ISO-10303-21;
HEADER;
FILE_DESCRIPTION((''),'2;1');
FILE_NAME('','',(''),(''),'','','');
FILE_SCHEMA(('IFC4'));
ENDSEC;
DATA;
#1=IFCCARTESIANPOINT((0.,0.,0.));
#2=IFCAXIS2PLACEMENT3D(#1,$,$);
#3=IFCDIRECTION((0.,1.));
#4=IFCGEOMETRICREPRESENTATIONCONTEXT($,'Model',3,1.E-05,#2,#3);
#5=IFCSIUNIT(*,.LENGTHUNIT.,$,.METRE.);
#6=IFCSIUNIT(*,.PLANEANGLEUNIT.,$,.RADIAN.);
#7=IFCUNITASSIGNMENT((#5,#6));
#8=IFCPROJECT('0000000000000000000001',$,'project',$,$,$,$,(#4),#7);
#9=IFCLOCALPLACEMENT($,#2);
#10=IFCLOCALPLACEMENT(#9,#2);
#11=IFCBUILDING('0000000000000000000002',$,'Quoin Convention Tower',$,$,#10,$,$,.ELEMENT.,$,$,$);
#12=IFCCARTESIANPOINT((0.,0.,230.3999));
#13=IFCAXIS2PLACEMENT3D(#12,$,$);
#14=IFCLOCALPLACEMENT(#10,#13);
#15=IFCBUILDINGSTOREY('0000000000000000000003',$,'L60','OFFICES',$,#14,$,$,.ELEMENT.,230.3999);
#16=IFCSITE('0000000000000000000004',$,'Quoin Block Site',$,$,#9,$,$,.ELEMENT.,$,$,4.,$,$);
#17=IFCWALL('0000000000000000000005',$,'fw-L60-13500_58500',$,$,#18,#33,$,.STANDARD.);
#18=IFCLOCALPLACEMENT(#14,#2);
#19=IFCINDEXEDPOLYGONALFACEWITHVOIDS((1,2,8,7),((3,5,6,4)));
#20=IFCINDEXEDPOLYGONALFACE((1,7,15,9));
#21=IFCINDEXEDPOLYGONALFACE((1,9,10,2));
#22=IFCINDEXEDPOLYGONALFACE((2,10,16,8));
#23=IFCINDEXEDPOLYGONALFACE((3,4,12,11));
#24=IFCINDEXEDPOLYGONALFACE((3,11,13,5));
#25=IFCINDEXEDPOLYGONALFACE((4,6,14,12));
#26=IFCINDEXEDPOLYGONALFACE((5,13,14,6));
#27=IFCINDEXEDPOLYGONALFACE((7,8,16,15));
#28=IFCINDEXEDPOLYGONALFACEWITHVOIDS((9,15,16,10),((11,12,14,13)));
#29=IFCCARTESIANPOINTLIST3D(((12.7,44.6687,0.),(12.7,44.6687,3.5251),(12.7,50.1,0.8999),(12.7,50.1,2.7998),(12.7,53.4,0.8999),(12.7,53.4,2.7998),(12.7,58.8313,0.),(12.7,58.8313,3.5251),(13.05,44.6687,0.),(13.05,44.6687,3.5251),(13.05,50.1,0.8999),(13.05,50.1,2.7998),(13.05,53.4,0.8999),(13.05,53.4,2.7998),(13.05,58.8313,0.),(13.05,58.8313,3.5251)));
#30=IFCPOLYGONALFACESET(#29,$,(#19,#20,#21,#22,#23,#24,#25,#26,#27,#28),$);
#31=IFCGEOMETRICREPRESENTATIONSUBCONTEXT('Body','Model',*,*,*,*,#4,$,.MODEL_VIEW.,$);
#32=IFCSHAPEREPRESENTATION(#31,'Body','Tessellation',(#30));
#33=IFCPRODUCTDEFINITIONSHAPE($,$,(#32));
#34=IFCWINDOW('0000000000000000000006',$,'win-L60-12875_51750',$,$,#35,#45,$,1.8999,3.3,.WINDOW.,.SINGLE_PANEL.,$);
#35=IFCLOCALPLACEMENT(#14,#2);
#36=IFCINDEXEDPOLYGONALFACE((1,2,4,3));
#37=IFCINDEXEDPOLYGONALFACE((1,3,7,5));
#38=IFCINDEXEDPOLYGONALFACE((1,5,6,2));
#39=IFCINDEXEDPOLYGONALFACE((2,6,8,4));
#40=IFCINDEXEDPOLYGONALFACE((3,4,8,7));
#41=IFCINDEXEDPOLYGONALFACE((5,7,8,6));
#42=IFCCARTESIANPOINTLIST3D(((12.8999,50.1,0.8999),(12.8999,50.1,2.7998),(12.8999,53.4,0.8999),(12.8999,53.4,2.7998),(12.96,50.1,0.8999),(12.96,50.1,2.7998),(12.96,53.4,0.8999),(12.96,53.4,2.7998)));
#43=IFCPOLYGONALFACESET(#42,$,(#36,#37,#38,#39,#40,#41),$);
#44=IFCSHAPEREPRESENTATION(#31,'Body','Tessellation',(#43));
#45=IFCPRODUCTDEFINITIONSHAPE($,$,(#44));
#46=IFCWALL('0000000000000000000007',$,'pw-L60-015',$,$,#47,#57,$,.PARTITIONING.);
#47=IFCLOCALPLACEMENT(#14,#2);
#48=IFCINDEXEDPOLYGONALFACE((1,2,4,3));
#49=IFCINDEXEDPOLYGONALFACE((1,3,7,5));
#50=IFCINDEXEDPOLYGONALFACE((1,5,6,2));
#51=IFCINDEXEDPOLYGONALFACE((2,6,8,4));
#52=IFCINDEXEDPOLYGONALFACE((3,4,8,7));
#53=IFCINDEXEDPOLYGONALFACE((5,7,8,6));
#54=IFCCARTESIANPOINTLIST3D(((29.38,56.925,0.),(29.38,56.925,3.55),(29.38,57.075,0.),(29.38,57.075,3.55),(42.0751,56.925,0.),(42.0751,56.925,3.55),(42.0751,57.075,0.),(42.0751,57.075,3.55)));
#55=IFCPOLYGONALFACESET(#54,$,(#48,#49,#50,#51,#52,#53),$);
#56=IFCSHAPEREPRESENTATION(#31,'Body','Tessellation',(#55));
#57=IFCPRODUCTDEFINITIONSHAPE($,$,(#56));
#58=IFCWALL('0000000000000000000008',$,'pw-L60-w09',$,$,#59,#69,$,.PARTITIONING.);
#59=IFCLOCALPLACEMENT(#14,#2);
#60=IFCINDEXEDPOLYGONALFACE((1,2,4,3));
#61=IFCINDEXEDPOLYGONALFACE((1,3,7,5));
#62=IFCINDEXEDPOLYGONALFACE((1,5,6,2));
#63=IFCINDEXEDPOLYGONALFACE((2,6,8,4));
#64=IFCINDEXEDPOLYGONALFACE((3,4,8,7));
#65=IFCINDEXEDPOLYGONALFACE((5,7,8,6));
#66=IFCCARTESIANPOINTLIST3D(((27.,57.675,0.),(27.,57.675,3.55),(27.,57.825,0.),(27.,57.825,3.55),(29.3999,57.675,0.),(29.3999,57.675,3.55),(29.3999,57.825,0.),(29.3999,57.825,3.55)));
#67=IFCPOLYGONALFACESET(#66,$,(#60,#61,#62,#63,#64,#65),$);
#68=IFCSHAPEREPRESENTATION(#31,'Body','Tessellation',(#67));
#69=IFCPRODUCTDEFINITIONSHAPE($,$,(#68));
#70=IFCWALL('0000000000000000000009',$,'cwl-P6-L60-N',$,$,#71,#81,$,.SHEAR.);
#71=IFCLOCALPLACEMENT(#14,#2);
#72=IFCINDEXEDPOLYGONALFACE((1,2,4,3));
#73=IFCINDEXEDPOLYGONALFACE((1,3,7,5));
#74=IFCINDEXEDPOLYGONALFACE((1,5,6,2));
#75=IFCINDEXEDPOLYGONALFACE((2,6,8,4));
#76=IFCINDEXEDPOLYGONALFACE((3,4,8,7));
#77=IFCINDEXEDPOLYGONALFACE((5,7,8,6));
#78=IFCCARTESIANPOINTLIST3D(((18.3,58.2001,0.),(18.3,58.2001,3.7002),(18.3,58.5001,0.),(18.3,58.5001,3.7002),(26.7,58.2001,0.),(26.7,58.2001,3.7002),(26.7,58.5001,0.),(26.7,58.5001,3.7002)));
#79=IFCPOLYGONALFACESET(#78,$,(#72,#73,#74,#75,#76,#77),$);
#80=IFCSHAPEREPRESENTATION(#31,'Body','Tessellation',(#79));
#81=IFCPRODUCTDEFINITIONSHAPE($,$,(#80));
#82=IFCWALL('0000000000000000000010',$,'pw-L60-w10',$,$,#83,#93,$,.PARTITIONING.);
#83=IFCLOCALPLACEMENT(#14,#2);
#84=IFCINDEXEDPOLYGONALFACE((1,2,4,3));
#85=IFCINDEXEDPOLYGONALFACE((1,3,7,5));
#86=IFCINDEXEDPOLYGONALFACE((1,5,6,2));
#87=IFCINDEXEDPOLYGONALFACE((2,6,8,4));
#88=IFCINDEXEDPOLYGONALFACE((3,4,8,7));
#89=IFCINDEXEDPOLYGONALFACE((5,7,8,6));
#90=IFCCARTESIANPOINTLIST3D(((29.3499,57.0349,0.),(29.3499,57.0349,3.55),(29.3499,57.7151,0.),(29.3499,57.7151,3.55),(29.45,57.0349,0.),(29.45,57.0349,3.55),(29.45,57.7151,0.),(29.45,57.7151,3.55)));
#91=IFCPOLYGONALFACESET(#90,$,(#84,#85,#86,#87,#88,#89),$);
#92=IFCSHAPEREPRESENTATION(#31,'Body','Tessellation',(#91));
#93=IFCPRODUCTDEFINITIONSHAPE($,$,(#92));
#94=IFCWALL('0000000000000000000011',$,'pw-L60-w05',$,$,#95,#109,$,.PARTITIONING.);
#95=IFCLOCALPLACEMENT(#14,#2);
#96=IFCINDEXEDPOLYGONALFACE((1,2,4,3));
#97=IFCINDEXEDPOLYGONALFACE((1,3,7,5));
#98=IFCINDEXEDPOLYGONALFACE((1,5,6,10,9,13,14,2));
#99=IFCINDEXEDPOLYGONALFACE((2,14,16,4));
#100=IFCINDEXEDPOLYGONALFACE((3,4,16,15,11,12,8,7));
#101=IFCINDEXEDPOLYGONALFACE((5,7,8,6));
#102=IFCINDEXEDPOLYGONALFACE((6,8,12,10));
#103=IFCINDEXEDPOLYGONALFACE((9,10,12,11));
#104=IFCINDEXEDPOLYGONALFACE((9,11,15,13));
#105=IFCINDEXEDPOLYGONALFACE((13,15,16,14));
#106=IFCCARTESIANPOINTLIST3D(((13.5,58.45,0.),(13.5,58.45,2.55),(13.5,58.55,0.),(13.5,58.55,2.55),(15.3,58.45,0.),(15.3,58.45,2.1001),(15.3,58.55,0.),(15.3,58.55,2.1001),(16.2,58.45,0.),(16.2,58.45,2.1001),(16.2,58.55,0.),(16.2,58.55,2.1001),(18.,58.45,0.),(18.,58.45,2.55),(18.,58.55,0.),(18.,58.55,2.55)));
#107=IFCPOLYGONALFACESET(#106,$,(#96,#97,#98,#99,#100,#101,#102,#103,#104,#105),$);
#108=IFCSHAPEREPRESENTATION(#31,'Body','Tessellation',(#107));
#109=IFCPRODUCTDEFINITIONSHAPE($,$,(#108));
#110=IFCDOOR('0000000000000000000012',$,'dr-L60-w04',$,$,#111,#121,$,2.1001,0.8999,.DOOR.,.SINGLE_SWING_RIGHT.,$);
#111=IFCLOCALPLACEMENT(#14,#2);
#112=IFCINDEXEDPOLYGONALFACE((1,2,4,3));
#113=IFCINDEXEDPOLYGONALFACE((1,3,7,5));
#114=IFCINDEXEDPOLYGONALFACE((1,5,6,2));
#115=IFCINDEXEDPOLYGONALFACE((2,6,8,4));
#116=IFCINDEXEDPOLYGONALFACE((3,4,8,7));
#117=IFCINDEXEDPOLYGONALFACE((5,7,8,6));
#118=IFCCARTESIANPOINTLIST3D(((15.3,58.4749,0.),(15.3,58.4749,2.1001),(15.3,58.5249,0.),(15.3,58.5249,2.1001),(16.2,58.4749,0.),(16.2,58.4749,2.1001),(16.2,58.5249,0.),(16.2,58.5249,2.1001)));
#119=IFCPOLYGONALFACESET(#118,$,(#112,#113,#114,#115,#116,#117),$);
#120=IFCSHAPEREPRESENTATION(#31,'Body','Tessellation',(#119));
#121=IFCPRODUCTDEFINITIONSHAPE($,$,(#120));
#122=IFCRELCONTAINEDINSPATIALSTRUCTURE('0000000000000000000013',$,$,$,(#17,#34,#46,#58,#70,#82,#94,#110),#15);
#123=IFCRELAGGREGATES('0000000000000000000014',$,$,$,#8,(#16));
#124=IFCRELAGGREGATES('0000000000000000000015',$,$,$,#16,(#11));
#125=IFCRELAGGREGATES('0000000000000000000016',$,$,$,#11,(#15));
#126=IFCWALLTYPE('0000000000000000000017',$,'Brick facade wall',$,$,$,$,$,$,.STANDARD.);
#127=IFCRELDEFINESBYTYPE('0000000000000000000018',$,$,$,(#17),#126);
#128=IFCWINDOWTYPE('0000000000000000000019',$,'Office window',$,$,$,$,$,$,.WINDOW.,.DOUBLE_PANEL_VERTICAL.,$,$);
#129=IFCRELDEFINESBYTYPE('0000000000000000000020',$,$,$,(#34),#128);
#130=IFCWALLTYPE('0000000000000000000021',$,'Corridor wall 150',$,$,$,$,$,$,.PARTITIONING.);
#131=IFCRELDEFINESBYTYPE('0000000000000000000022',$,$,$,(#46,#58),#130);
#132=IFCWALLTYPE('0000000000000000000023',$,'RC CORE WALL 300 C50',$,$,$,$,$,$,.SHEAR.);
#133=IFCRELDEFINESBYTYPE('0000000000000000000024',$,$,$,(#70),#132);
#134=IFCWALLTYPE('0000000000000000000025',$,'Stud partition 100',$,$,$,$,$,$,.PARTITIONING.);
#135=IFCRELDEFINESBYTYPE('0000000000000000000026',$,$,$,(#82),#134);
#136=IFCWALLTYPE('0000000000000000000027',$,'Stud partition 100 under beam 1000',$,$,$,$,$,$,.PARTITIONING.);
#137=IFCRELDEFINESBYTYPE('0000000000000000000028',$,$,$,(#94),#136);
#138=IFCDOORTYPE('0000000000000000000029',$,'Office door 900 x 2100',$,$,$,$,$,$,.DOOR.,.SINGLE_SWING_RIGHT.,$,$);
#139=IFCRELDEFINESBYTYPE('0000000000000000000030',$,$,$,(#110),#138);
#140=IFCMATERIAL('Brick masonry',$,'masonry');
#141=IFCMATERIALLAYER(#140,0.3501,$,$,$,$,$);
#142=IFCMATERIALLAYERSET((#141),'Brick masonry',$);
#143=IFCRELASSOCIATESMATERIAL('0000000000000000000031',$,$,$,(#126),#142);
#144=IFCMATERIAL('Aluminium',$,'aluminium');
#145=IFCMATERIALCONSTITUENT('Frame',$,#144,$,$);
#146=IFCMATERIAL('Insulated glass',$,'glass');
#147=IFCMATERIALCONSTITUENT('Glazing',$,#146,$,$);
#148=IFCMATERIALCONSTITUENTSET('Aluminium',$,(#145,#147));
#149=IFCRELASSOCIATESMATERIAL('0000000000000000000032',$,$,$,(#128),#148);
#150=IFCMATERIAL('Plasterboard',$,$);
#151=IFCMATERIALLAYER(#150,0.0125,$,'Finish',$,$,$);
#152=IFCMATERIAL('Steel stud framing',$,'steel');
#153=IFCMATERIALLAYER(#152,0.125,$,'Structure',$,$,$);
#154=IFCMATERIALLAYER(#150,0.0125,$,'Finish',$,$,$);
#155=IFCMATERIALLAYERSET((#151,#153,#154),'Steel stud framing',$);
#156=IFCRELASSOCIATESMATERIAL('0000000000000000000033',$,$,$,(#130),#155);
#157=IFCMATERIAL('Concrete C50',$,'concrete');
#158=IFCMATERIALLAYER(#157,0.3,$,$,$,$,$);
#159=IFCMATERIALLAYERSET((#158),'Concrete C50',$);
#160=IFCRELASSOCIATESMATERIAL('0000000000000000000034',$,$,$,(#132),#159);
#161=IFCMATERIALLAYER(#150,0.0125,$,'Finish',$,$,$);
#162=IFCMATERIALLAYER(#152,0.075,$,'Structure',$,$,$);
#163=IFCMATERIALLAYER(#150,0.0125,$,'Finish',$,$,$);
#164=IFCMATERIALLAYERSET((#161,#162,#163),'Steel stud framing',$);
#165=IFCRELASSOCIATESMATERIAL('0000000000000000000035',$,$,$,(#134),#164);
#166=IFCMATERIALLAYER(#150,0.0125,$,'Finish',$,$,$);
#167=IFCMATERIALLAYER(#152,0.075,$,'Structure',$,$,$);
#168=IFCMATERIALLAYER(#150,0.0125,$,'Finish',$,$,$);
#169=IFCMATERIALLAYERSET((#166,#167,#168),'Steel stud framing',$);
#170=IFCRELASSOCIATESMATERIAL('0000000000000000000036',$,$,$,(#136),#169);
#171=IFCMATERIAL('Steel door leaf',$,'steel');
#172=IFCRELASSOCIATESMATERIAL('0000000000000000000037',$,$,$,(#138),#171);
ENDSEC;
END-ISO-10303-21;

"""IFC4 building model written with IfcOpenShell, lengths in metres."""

from ifc_helpers import new_model, si_unit, direction, frame, frame_2d, origin, place, context, subcontext, project, spatial, rectangle, extrude, material, layer, layer_set, constituent, constituent_set, type_object, element, fill, save


model = new_model("IFC4")

# Units and contexts
model_context = context("Model", 3, precision=1e-05, world=origin(), true_north=direction((0.0, 1.0)))
body_context = subcontext(model_context, "Body", "Model", "MODEL_VIEW")
ifc_project = project(units=[si_unit("LENGTHUNIT", "METRE"), si_unit("PLANEANGLEUNIT", "RADIAN")], contexts=[model_context])

# Site, building, storey
site_placement = place(None, origin())
site = spatial("IfcSite", under=ifc_project, at=site_placement, Name="Quoin Block Site", CompositionType="ELEMENT", RefElevation=4.0)
building_placement = place(site_placement, origin())
building = spatial("IfcBuilding", under=site, at=building_placement, Name="Quoin Convention Tower", CompositionType="ELEMENT")
storey_placement = place(building_placement, frame((0.0, 0.0, 230.3999)))
storey = spatial("IfcBuildingStorey", under=building, at=storey_placement, Name="L60", Description="OFFICES", CompositionType="ELEMENT", Elevation=230.3999)

# Shared definitions
ifc_material_1 = material(Name="Concrete C50", Category="concrete")

# Wall, opening, window
ifc_material_2 = material(Name="Brick masonry", Category="masonry")
ifc_layer_1 = layer(ifc_material_2, 0.3501)
ifc_layer_set_1 = layer_set([ifc_layer_1], Name="Brick masonry")
wall_type_1 = type_object("IfcWallType", Name="Brick facade wall", PredefinedType="STANDARD", material=ifc_layer_set_1)
ifc_material_3 = material(Name="Aluminium", Category="aluminium")
ifc_constituent_1 = constituent(ifc_material_3, Name="Frame")
ifc_material_4 = material(Name="Insulated glass", Category="glass")
ifc_constituent_2 = constituent(ifc_material_4, Name="Glazing")
ifc_constituent_set = constituent_set(constituents=[ifc_constituent_1, ifc_constituent_2], Name="Aluminium")
window_type = type_object("IfcWindowType", Name="Office window", PartitioningType="DOUBLE_PANEL_VERTICAL", PredefinedType="WINDOW", material=ifc_constituent_set)
wall_1_placement = place(storey_placement, frame((12.875, 58.8313, 0.0), z_axis=(0.0, 0.0, 1.0), x_axis=(0.0, -1.0, 0.0)))
wall_1 = element("IfcWall", 1, at=wall_1_placement, inside=storey, type_object=wall_type_1, Name="fw-L60-13500_58500", PredefinedType="STANDARD", context=body_context, shape_type="SweptSolid", body=[
    extrude(rectangle(XDim=14.1626, YDim=0.3501, at=frame_2d((7.0813, 0.0))), origin(), (0.0, 0.0, 1.0), 3.5251),
])
opening_1_placement = place(wall_1_placement, frame((5.4314, 0.0, 0.8999)))
opening_1 = element("IfcOpeningElement", 2, at=opening_1_placement, cuts=wall_1, PredefinedType="OPENING", context=body_context, shape_type="SweptSolid", body=[
    extrude(rectangle(XDim=3.3, YDim=1.8999, at=frame_2d((1.6499, 0.95))), frame((0.0, 0.1851, 0.0), z_axis=(0.0, -1.0, 0.0), x_axis=(1.0, 0.0, 0.0)), (0.0, 0.0, 1.0), 0.3701),
])
window_1_placement = place(opening_1_placement, origin())
window_1 = element("IfcWindow", 3, at=window_1_placement, inside=storey, type_object=window_type, Name="win-L60-12875_51750", OverallHeight=1.8999, OverallWidth=3.3, PartitioningType="SINGLE_PANEL", PredefinedType="WINDOW", context=body_context, shape_type="SweptSolid", body=[
    extrude(rectangle(XDim=3.3, YDim=1.8999, at=frame_2d((1.6499, 0.95))), frame((0.0, 0.085, 0.0), z_axis=(0.0, -1.0, 0.0), x_axis=(1.0, 0.0, 0.0)), (0.0, 0.0, 1.0), 0.0601),
])
fill(opening_1, window_1)

# Walls
ifc_material_5 = material(Name="Plasterboard")
ifc_layer_2 = layer(ifc_material_5, 0.0125, Name="Finish")
ifc_material_6 = material(Name="Steel stud framing", Category="steel")
ifc_layer_3 = layer(ifc_material_6, 0.125, Name="Structure")
ifc_layer_4 = layer(ifc_material_5, 0.0125, Name="Finish")
ifc_layer_set_2 = layer_set([ifc_layer_2, ifc_layer_3, ifc_layer_4], Name="Steel stud framing")
wall_type_2 = type_object("IfcWallType", Name="Corridor wall 150", PredefinedType="PARTITIONING", material=ifc_layer_set_2)
wall_2_placement = place(storey_placement, frame((29.3799, 57.0, 0.0), z_axis=(0.0, 0.0, 1.0), x_axis=(1.0, 0.0, 0.0)))
element("IfcWall", 4, at=wall_2_placement, inside=storey, type_object=wall_type_2, Name="pw-L60-015", PredefinedType="PARTITIONING", context=body_context, shape_type="SweptSolid", body=[
    extrude(rectangle(XDim=12.6951, YDim=0.1499, at=frame_2d((6.3477, 0.0))), origin(), (0.0, 0.0, 1.0), 3.55),
])
wall_3_placement = place(storey_placement, frame((27.0, 57.75, 0.0), z_axis=(0.0, 0.0, 1.0), x_axis=(1.0, 0.0, 0.0)))
element("IfcWall", 5, at=wall_3_placement, inside=storey, type_object=wall_type_2, Name="pw-L60-w09", PredefinedType="PARTITIONING", context=body_context, shape_type="SweptSolid", body=[
    extrude(rectangle(XDim=2.3999, YDim=0.1499, at=frame_2d((1.2, 0.0))), origin(), (0.0, 0.0, 1.0), 3.55),
])
ifc_layer_5 = layer(ifc_material_1, 0.3)
ifc_layer_set_3 = layer_set([ifc_layer_5], Name="Concrete C50")
wall_type_3 = type_object("IfcWallType", Name="RC CORE WALL 300 C50", PredefinedType="SHEAR", material=ifc_layer_set_3)
wall_4_placement = place(storey_placement, frame((18.3, 58.3501, 0.0), z_axis=(0.0, 0.0, 1.0), x_axis=(1.0, 0.0, 0.0)))
element("IfcWall", 6, at=wall_4_placement, inside=storey, type_object=wall_type_3, Name="cwl-P6-L60-N", PredefinedType="SHEAR", context=body_context, shape_type="SweptSolid", body=[
    extrude(rectangle(XDim=8.3999, YDim=0.3, at=frame_2d((4.2, 0.0))), origin(), (0.0, 0.0, 1.0), 3.7002),
])
ifc_layer_6 = layer(ifc_material_5, 0.0125, Name="Finish")
ifc_layer_7 = layer(ifc_material_6, 0.075, Name="Structure")
ifc_layer_8 = layer(ifc_material_5, 0.0125, Name="Finish")
ifc_layer_set_4 = layer_set([ifc_layer_6, ifc_layer_7, ifc_layer_8], Name="Steel stud framing")
wall_type_4 = type_object("IfcWallType", Name="Stud partition 100", PredefinedType="PARTITIONING", material=ifc_layer_set_4)
wall_5_placement = place(storey_placement, frame((29.3999, 57.7151, 0.0), z_axis=(0.0, 0.0, 1.0), x_axis=(0.0, -1.0, 0.0)))
element("IfcWall", 7, at=wall_5_placement, inside=storey, type_object=wall_type_4, Name="pw-L60-w10", PredefinedType="PARTITIONING", context=body_context, shape_type="SweptSolid", body=[
    extrude(rectangle(XDim=0.6802, YDim=0.1001, at=frame_2d((0.3401, 0.0))), origin(), (0.0, 0.0, 1.0), 3.55),
])

# Wall, opening, door
ifc_layer_9 = layer(ifc_material_5, 0.0125, Name="Finish")
ifc_layer_10 = layer(ifc_material_6, 0.075, Name="Structure")
ifc_layer_11 = layer(ifc_material_5, 0.0125, Name="Finish")
ifc_layer_set_5 = layer_set([ifc_layer_9, ifc_layer_10, ifc_layer_11], Name="Steel stud framing")
wall_type_5 = type_object("IfcWallType", Name="Stud partition 100 under beam 1000", PredefinedType="PARTITIONING", material=ifc_layer_set_5)
wall_6_placement = place(storey_placement, frame((13.5, 58.5, 0.0), z_axis=(0.0, 0.0, 1.0), x_axis=(1.0, 0.0, 0.0)))
wall_6 = element("IfcWall", 8, at=wall_6_placement, inside=storey, type_object=wall_type_5, Name="pw-L60-w05", PredefinedType="PARTITIONING", context=body_context, shape_type="SweptSolid", body=[
    extrude(rectangle(XDim=4.5, YDim=0.1001, at=frame_2d((2.25, 0.0))), origin(), (0.0, 0.0, 1.0), 2.55),
])
opening_2_placement = place(wall_6_placement, frame((1.8, 0.0, 0.0)))
opening_2 = element("IfcOpeningElement", 9, at=opening_2_placement, cuts=wall_6, PredefinedType="OPENING", context=body_context, shape_type="SweptSolid", body=[
    extrude(rectangle(XDim=0.8999, YDim=2.1001, at=frame_2d((0.45, 1.05))), frame((0.0, 0.0601, 0.0), z_axis=(0.0, -1.0, 0.0), x_axis=(1.0, 0.0, 0.0)), (0.0, 0.0, 1.0), 0.1201),
])
ifc_material_7 = material(Name="Steel door leaf", Category="steel")
door_type = type_object("IfcDoorType", Name="Office door 900 x 2100", OperationType="SINGLE_SWING_RIGHT", PredefinedType="DOOR", material=ifc_material_7)
door_placement = place(opening_2_placement, origin())
door = element("IfcDoor", 10, at=door_placement, inside=storey, type_object=door_type, Name="dr-L60-w04", OperationType="SINGLE_SWING_RIGHT", OverallHeight=2.1001, OverallWidth=0.8999, PredefinedType="DOOR", context=body_context, shape_type="SweptSolid", body=[
    extrude(rectangle(XDim=0.8999, YDim=2.1001, at=frame_2d((0.45, 1.05))), frame((0.0, 0.0249, 0.0), z_axis=(0.0, -1.0, 0.0), x_axis=(1.0, 0.0, 0.0)), (0.0, 0.0, 1.0), 0.05),
])
fill(opening_2, door)

save(model, "model.ifc")
